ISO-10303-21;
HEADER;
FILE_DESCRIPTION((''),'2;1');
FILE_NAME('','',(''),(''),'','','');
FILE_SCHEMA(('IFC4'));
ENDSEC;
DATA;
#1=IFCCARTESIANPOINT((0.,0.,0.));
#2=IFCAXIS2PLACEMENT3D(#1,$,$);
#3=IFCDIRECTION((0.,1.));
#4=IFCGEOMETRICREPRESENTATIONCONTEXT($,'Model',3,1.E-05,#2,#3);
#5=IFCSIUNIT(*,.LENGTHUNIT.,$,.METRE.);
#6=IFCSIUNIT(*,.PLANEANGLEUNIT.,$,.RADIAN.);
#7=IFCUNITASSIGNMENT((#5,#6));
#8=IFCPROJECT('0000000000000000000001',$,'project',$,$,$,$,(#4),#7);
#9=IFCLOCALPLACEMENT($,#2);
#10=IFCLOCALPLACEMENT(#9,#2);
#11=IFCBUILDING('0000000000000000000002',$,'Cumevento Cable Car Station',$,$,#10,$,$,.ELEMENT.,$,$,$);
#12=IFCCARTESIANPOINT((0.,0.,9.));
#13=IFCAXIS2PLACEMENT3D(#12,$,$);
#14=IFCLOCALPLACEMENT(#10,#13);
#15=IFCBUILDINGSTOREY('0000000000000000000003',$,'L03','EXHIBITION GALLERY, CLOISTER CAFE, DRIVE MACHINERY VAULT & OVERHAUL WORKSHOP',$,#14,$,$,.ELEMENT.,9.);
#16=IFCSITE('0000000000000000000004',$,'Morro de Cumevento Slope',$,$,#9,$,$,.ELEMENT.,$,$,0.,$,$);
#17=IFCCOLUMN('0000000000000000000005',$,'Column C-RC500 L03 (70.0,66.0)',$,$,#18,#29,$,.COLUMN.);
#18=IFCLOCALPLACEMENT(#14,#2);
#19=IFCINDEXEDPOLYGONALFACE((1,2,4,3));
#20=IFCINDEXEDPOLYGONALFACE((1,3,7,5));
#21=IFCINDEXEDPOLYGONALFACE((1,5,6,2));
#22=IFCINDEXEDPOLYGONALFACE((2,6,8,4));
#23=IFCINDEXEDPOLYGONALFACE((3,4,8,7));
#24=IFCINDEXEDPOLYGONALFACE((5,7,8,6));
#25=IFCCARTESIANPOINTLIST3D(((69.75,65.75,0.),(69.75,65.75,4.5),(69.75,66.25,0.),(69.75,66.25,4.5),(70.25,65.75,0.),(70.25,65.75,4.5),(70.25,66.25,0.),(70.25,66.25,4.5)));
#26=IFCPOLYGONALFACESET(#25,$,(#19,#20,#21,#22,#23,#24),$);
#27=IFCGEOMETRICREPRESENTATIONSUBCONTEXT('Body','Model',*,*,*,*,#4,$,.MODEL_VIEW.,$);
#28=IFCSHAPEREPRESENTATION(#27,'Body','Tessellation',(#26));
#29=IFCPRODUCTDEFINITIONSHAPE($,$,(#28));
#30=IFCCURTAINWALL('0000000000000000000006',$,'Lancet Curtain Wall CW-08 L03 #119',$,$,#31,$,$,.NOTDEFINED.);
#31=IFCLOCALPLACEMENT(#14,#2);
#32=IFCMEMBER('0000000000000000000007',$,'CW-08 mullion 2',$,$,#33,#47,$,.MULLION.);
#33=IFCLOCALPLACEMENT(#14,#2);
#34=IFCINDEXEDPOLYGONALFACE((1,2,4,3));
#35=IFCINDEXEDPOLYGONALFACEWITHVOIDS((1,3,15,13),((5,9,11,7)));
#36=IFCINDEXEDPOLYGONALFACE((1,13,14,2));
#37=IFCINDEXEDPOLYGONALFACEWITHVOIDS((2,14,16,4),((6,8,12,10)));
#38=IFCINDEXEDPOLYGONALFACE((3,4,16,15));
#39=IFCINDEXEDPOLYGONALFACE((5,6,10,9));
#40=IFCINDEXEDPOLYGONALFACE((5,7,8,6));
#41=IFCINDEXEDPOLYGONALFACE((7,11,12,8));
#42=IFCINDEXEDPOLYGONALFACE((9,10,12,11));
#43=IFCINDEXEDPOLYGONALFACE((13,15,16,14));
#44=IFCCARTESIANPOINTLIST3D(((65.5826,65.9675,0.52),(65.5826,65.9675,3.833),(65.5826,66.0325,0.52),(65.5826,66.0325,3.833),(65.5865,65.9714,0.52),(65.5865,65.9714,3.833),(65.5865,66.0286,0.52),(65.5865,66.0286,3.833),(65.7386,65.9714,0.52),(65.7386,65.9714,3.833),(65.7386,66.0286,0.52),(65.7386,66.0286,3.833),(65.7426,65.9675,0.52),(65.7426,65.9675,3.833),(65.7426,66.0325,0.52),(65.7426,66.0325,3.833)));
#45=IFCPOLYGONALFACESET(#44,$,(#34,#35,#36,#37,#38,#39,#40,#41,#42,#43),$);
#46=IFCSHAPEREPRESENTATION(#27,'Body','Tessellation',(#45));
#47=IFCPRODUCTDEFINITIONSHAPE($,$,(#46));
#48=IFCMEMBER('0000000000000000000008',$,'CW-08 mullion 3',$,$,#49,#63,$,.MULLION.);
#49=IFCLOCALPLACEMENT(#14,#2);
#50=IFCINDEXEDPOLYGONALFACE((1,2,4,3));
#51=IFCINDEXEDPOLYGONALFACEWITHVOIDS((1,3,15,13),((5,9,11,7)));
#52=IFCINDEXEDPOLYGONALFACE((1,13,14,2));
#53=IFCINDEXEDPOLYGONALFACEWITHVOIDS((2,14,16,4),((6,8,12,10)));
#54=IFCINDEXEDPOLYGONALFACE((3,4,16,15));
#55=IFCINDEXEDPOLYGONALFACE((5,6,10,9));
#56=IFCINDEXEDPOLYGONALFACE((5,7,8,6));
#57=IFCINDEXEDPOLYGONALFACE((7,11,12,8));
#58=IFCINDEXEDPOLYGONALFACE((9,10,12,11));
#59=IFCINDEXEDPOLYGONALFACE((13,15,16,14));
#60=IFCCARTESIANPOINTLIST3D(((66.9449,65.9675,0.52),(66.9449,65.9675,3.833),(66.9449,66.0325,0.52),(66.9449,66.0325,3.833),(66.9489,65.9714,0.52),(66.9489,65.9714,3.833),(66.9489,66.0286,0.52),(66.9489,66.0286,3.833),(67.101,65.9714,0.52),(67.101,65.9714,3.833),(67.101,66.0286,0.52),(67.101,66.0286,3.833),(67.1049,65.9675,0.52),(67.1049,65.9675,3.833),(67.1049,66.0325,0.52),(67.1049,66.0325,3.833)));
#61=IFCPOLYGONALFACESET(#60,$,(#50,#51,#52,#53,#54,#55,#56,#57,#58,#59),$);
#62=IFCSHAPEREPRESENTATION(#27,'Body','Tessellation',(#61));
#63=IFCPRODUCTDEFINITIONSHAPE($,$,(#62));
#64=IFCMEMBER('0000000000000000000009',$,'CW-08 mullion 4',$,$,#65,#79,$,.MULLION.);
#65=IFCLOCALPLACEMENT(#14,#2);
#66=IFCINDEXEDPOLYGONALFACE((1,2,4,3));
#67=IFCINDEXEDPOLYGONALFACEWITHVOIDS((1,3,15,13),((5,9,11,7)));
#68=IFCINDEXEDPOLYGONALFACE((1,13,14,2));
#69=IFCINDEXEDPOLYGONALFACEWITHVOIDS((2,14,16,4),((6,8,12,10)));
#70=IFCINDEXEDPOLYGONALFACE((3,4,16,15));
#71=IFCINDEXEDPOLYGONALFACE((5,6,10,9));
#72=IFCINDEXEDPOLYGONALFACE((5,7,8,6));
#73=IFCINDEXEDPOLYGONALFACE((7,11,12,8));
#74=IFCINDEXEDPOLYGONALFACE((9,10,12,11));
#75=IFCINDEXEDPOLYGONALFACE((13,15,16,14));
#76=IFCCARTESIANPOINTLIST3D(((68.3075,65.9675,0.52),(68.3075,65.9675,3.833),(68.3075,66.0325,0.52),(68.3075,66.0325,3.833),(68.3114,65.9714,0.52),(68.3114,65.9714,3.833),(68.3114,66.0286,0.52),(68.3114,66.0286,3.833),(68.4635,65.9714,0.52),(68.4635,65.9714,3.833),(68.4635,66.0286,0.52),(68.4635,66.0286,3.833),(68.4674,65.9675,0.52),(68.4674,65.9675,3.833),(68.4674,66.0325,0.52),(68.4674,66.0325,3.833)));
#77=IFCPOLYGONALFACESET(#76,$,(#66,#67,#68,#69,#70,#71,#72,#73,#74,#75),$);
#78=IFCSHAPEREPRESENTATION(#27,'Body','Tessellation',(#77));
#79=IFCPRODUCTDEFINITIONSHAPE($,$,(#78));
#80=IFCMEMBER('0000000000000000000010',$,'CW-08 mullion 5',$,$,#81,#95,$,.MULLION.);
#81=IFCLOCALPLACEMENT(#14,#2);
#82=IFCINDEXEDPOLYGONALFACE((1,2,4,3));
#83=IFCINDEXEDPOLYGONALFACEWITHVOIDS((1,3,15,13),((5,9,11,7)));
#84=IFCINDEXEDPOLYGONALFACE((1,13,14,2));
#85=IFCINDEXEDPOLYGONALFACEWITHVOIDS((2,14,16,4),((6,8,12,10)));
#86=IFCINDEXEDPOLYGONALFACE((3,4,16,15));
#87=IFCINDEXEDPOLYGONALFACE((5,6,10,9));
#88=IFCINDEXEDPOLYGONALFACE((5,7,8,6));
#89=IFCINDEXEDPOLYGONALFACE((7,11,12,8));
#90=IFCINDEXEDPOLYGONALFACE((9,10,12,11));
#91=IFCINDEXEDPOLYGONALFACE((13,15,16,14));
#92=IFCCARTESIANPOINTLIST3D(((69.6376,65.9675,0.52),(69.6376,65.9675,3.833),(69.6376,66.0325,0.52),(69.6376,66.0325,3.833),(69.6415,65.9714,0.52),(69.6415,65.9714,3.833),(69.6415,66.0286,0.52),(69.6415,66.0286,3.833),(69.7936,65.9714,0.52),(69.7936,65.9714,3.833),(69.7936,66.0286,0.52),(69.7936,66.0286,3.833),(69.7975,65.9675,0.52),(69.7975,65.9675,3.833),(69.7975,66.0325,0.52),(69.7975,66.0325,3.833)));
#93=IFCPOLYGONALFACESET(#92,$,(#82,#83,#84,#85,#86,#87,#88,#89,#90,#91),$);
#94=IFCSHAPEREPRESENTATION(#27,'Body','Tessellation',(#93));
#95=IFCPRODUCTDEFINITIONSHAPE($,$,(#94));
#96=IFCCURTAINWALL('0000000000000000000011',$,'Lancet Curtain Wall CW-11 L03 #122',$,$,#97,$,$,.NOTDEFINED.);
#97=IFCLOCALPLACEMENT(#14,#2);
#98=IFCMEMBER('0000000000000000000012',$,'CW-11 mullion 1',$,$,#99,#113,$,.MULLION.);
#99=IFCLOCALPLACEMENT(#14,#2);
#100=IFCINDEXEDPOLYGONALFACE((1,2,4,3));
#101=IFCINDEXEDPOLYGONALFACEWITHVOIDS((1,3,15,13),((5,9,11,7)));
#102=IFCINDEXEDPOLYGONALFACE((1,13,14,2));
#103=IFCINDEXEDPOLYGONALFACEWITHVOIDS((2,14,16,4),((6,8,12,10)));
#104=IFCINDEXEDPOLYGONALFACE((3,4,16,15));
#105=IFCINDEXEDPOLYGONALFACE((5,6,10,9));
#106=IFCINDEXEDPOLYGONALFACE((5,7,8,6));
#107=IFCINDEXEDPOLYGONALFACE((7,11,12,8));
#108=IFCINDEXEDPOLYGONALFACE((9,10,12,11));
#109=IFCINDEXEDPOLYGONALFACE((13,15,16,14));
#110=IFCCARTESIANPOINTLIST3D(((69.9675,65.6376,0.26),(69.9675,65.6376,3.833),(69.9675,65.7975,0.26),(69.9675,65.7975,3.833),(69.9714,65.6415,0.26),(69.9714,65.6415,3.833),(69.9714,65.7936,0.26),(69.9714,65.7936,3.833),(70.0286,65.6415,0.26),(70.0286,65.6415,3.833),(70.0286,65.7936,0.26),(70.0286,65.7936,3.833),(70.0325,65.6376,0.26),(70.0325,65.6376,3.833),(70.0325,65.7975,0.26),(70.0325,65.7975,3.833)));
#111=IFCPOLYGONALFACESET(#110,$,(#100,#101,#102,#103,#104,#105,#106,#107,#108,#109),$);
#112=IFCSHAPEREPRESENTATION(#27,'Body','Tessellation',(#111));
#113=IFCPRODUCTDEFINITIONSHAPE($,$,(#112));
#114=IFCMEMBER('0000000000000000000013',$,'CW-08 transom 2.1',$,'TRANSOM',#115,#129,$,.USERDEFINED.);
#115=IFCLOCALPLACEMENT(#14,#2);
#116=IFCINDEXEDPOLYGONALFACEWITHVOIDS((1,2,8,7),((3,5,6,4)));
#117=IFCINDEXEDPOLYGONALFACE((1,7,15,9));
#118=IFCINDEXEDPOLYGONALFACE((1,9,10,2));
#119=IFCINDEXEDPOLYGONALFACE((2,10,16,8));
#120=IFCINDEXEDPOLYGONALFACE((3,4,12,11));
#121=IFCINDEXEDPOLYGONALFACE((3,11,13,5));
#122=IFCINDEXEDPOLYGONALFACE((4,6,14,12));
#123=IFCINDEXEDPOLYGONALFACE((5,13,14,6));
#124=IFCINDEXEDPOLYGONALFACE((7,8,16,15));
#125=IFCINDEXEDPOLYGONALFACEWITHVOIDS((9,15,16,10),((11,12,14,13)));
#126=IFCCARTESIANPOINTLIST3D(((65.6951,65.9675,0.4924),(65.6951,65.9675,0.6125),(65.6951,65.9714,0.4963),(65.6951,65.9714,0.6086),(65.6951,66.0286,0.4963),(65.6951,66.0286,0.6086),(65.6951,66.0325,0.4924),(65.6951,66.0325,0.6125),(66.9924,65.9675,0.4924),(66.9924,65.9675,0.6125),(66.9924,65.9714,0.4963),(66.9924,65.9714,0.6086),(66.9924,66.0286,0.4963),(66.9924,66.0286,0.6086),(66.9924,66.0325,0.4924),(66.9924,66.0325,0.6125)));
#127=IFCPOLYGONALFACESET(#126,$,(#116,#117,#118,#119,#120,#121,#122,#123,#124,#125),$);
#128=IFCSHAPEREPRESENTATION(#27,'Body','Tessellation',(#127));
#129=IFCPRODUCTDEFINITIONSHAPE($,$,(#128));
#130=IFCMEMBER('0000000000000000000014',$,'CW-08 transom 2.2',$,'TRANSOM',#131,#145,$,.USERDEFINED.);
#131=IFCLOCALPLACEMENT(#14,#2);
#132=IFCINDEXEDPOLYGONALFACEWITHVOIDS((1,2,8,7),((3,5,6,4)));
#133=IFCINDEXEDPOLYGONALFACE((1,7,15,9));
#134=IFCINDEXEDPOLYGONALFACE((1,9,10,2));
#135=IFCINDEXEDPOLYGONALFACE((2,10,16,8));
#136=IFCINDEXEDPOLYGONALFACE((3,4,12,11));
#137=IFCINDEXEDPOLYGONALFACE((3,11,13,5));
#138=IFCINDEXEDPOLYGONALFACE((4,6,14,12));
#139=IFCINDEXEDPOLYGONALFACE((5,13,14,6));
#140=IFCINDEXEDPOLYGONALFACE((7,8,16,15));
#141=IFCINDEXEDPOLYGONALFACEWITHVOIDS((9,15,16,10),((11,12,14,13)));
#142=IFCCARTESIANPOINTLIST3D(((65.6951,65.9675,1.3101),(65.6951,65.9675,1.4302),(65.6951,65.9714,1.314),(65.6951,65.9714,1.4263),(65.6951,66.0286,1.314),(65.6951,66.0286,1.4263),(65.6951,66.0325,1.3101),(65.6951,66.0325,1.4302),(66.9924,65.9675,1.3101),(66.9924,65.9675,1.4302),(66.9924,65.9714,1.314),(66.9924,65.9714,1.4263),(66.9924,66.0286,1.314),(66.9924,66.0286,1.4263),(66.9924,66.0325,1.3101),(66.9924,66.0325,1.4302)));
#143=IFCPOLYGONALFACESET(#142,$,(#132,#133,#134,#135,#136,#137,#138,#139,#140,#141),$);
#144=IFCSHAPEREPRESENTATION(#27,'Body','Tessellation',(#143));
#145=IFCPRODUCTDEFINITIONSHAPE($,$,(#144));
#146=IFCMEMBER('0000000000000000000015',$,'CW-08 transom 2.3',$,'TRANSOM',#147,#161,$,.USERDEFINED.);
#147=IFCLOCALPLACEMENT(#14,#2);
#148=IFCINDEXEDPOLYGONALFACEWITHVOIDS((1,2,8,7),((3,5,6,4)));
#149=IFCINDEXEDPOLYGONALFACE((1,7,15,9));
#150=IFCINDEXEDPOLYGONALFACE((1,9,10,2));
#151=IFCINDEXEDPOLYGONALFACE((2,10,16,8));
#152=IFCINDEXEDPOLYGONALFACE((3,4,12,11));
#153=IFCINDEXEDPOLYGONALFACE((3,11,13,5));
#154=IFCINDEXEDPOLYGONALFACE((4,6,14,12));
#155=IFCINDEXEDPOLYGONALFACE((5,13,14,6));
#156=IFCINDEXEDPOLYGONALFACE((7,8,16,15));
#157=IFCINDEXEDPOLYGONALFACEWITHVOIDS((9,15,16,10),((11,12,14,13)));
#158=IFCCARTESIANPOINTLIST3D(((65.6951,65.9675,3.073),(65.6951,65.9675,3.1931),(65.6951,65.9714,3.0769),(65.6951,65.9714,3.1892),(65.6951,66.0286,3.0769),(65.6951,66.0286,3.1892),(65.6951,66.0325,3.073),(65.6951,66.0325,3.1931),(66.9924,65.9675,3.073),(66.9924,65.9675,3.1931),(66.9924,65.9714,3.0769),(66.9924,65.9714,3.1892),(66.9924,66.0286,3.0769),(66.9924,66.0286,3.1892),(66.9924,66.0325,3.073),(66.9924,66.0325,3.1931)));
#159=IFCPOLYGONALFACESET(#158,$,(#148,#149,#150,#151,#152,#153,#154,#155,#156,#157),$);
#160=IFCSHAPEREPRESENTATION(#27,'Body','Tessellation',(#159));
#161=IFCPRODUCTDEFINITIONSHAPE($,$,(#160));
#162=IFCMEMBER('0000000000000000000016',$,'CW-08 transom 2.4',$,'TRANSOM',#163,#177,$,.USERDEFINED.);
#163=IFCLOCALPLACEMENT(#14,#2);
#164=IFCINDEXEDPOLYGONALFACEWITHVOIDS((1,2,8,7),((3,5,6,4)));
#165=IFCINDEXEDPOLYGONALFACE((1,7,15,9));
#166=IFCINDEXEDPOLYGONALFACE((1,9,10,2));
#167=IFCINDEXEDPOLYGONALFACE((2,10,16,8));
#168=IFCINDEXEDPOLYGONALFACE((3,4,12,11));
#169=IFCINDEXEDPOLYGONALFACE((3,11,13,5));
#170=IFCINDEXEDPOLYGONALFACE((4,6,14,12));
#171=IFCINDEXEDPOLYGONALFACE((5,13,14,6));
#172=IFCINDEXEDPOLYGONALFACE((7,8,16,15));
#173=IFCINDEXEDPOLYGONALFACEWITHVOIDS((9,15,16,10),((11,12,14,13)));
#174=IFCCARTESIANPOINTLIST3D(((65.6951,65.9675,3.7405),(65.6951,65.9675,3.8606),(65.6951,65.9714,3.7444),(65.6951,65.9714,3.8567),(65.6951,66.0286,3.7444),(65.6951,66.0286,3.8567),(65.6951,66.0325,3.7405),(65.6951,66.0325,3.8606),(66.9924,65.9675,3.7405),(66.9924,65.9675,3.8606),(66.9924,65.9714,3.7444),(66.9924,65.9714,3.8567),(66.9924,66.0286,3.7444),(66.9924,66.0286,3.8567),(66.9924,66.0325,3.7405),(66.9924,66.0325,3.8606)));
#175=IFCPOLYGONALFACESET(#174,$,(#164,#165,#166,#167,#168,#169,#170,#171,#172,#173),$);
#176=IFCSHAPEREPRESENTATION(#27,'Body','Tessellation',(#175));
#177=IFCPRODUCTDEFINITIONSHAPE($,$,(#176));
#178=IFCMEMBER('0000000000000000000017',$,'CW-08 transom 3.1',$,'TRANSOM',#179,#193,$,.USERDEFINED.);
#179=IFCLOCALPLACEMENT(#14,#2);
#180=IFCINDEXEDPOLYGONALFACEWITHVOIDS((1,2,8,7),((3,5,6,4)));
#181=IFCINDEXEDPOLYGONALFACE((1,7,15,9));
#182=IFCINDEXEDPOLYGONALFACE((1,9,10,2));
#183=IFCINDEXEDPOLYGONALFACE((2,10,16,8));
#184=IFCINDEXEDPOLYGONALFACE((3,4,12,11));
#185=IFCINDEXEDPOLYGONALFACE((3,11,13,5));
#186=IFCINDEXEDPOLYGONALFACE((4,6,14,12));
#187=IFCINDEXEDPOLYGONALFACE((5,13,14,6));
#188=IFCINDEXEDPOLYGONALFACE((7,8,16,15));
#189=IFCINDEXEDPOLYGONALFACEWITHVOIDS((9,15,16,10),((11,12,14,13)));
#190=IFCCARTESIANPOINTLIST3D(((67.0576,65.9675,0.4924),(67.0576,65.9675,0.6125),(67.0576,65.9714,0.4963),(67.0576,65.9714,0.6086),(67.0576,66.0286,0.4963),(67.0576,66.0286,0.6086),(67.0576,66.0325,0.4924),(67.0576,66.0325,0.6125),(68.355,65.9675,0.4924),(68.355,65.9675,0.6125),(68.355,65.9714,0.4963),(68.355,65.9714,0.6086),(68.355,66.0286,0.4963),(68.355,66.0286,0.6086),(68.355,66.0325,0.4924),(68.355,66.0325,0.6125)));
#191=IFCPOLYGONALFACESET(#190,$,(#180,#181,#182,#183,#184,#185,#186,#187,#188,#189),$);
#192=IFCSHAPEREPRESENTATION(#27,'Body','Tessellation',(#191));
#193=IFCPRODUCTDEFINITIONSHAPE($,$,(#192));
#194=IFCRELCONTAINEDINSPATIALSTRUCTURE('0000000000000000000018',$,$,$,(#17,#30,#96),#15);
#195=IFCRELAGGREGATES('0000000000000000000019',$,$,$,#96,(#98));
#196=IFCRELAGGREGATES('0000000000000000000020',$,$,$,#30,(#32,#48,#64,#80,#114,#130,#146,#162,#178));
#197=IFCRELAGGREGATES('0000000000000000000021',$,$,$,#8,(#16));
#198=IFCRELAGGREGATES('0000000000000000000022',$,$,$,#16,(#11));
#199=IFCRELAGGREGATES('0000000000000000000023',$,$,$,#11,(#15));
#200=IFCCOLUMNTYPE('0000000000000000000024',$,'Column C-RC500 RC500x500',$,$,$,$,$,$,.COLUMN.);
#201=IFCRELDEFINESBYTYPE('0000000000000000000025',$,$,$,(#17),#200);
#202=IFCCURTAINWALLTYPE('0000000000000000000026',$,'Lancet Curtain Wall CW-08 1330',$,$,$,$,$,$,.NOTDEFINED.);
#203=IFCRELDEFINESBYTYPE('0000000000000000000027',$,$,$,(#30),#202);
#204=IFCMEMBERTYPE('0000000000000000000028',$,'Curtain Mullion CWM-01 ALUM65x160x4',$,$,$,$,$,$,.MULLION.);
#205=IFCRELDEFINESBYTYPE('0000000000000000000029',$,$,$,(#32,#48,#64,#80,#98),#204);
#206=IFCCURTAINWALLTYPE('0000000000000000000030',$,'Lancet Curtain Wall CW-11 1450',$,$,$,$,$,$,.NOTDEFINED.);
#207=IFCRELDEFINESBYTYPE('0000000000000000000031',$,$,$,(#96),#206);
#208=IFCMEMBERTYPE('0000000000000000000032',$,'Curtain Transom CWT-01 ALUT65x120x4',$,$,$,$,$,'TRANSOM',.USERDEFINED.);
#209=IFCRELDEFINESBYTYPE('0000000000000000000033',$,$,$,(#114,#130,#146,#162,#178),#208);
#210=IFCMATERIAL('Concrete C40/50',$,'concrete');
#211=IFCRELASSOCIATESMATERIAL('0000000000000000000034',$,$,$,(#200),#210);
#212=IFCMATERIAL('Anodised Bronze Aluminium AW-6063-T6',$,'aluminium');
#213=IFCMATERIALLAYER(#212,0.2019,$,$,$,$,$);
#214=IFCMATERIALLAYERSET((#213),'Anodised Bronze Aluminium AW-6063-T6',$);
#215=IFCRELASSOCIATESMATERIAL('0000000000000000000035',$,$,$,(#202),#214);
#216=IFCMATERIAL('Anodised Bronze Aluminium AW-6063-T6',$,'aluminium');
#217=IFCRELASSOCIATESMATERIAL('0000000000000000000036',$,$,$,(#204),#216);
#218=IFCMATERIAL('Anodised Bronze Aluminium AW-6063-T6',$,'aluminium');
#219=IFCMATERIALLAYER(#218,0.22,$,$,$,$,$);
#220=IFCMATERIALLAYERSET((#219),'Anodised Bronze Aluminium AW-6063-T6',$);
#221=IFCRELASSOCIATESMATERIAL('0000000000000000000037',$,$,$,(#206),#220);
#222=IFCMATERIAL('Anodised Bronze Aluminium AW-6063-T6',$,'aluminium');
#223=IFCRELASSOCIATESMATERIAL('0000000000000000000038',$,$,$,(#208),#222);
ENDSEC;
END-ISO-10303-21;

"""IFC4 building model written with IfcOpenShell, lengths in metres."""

from ifc_helpers import new_model, si_unit, direction, frame, origin, origin_2d, place, context, subcontext, project, spatial, rectangle, hollow_rectangle, extrude, material, layer, layer_set, material_profile, profile_set, type_object, element, aggregate, save


model = new_model("IFC4")

# Units and contexts
model_context = context("Model", 3, precision=1e-05, world=origin(), true_north=direction((0.0, 1.0)))
body_context = subcontext(model_context, "Body", "Model", "MODEL_VIEW")
ifc_project = project(units=[si_unit("LENGTHUNIT", "METRE"), si_unit("PLANEANGLEUNIT", "RADIAN")], contexts=[model_context])

# Site, building, storey
site_placement = place(None, origin())
site = spatial("IfcSite", under=ifc_project, at=site_placement, Name="Morro de Cumevento Slope", CompositionType="ELEMENT", RefElevation=0.0)
building_placement = place(site_placement, origin())
building = spatial("IfcBuilding", under=site, at=building_placement, Name="Cumevento Cable Car Station", CompositionType="ELEMENT")
storey_placement = place(building_placement, frame((0.0, 0.0, 9.0)))
storey = spatial("IfcBuildingStorey", under=building, at=storey_placement, Name="L03", Description="EXHIBITION GALLERY, CLOISTER CAFE, DRIVE MACHINERY VAULT & OVERHAUL WORKSHOP", CompositionType="ELEMENT", Elevation=9.0)

# Column
ifc_material_1 = material(Name="Concrete C40/50", Category="concrete")
ifc_material_profile_1 = material_profile(ifc_material_1, rectangle(XDim=0.5, YDim=0.5, at=origin_2d()), Name="RC500x500")
ifc_profile_set_1 = profile_set([ifc_material_profile_1], Name="Concrete C40/50")
column_type = type_object("IfcColumnType", Name="Column C-RC500 RC500x500", PredefinedType="COLUMN", material=ifc_profile_set_1)
column_placement = place(storey_placement, frame((70.0, 66.0, 0.0), z_axis=(0.0, 0.0, 1.0), x_axis=(1.0, 0.0, 0.0)))
element("IfcColumn", 1, at=column_placement, inside=storey, type_object=column_type, Name="Column C-RC500 L03 (70.0,66.0)", PredefinedType="COLUMN", context=body_context, shape_type="SweptSolid", body=[
    extrude(rectangle(XDim=0.5, YDim=0.5, at=origin_2d()), origin(), (0.0, 0.0, 1.0), 4.5),
])

# Curtain wall, members
ifc_material_2 = material(Name="Anodised Bronze Aluminium AW-6063-T6", Category="aluminium")
ifc_layer_1 = layer(ifc_material_2, 0.2019)
ifc_layer_set_1 = layer_set([ifc_layer_1], Name="Anodised Bronze Aluminium AW-6063-T6")
curtain_wall_type_1 = type_object("IfcCurtainWallType", Name="Lancet Curtain Wall CW-08 1330", PredefinedType="NOTDEFINED", material=ifc_layer_set_1)
curtain_wall_1_placement = place(storey_placement, origin())
curtain_wall_1 = element("IfcCurtainWall", 2, at=curtain_wall_1_placement, inside=storey, type_object=curtain_wall_type_1, Name="Lancet Curtain Wall CW-08 L03 #119", PredefinedType="NOTDEFINED")
ifc_material_3 = material(Name="Anodised Bronze Aluminium AW-6063-T6", Category="aluminium")
ifc_material_profile_2 = material_profile(ifc_material_3, hollow_rectangle(XDim=0.0649, YDim=0.1599, WallThickness=0.0039, at=origin_2d()), Name="ALUM65x160x4")
ifc_profile_set_2 = profile_set([ifc_material_profile_2], Name="Anodised Bronze Aluminium AW-6063-T6")
member_type_1 = type_object("IfcMemberType", Name="Curtain Mullion CWM-01 ALUM65x160x4", PredefinedType="MULLION", material=ifc_profile_set_2)
member_1_placement = place(storey_placement, frame((65.6626, 66.0, 0.52), z_axis=(0.0, 0.0, 1.0), x_axis=(0.0, 1.0, 0.0)))
member_1 = element("IfcMember", 3, at=member_1_placement, type_object=member_type_1, Name="CW-08 mullion 2", PredefinedType="MULLION", context=body_context, shape_type="SweptSolid", body=[
    extrude(hollow_rectangle(XDim=0.0649, YDim=0.1599, WallThickness=0.0039, at=origin_2d()), origin(), (0.0, 0.0, 1.0), 3.313),
])
member_2_placement = place(storey_placement, frame((67.0249, 66.0, 0.52), z_axis=(0.0, 0.0, 1.0), x_axis=(0.0, 1.0, 0.0)))
member_2 = element("IfcMember", 4, at=member_2_placement, type_object=member_type_1, Name="CW-08 mullion 3", PredefinedType="MULLION", context=body_context, shape_type="SweptSolid", body=[
    extrude(hollow_rectangle(XDim=0.0649, YDim=0.1599, WallThickness=0.0039, at=origin_2d()), origin(), (0.0, 0.0, 1.0), 3.313),
])
member_3_placement = place(storey_placement, frame((68.3875, 66.0, 0.52), z_axis=(0.0, 0.0, 1.0), x_axis=(0.0, 1.0, 0.0)))
member_3 = element("IfcMember", 5, at=member_3_placement, type_object=member_type_1, Name="CW-08 mullion 4", PredefinedType="MULLION", context=body_context, shape_type="SweptSolid", body=[
    extrude(hollow_rectangle(XDim=0.0649, YDim=0.1599, WallThickness=0.0039, at=origin_2d()), origin(), (0.0, 0.0, 1.0), 3.313),
])
member_4_placement = place(storey_placement, frame((69.7175, 66.0, 0.52), z_axis=(0.0, 0.0, 1.0), x_axis=(0.0, 1.0, 0.0)))
member_4 = element("IfcMember", 6, at=member_4_placement, type_object=member_type_1, Name="CW-08 mullion 5", PredefinedType="MULLION", context=body_context, shape_type="SweptSolid", body=[
    extrude(hollow_rectangle(XDim=0.0649, YDim=0.1599, WallThickness=0.0039, at=origin_2d()), origin(), (0.0, 0.0, 1.0), 3.313),
])

# Curtain wall, member
ifc_material_4 = material(Name="Anodised Bronze Aluminium AW-6063-T6", Category="aluminium")
ifc_layer_2 = layer(ifc_material_4, 0.22)
ifc_layer_set_2 = layer_set([ifc_layer_2], Name="Anodised Bronze Aluminium AW-6063-T6")
curtain_wall_type_2 = type_object("IfcCurtainWallType", Name="Lancet Curtain Wall CW-11 1450", PredefinedType="NOTDEFINED", material=ifc_layer_set_2)
curtain_wall_2_placement = place(storey_placement, origin())
curtain_wall_2 = element("IfcCurtainWall", 7, at=curtain_wall_2_placement, inside=storey, type_object=curtain_wall_type_2, Name="Lancet Curtain Wall CW-11 L03 #122", PredefinedType="NOTDEFINED")
member_5_placement = place(storey_placement, frame((70.0, 65.7175, 0.26), z_axis=(0.0, 0.0, 1.0), x_axis=(1.0, 0.0, 0.0)))
member_5 = element("IfcMember", 8, at=member_5_placement, type_object=member_type_1, Name="CW-11 mullion 1", PredefinedType="MULLION", context=body_context, shape_type="SweptSolid", body=[
    extrude(hollow_rectangle(XDim=0.0649, YDim=0.1599, WallThickness=0.0039, at=origin_2d()), origin(), (0.0, 0.0, 1.0), 3.573),
])

# Members
ifc_material_5 = material(Name="Anodised Bronze Aluminium AW-6063-T6", Category="aluminium")
ifc_material_profile_3 = material_profile(ifc_material_5, hollow_rectangle(XDim=0.0649, YDim=0.1201, WallThickness=0.0039, at=origin_2d()), Name="ALUT65x120x4")
ifc_profile_set_3 = profile_set([ifc_material_profile_3], Name="Anodised Bronze Aluminium AW-6063-T6")
member_type_2 = type_object("IfcMemberType", Name="Curtain Transom CWT-01 ALUT65x120x4", ElementType="TRANSOM", PredefinedType="USERDEFINED", material=ifc_profile_set_3)
member_6_placement = place(storey_placement, frame((65.6951, 66.0, 0.5525), z_axis=(1.0, 0.0, 0.0), x_axis=(0.0, 1.0, 0.0)))
member_6 = element("IfcMember", 9, at=member_6_placement, type_object=member_type_2, Name="CW-08 transom 2.1", ObjectType="TRANSOM", PredefinedType="USERDEFINED", context=body_context, shape_type="SweptSolid", body=[
    extrude(hollow_rectangle(XDim=0.0649, YDim=0.1201, WallThickness=0.0039, at=origin_2d()), origin(), (0.0, 0.0, 1.0), 1.2974),
])
member_7_placement = place(storey_placement, frame((65.6951, 66.0, 1.3701), z_axis=(1.0, 0.0, 0.0), x_axis=(0.0, 1.0, 0.0)))
member_7 = element("IfcMember", 10, at=member_7_placement, type_object=member_type_2, Name="CW-08 transom 2.2", ObjectType="TRANSOM", PredefinedType="USERDEFINED", context=body_context, shape_type="SweptSolid", body=[
    extrude(hollow_rectangle(XDim=0.0649, YDim=0.1201, WallThickness=0.0039, at=origin_2d()), origin(), (0.0, 0.0, 1.0), 1.2974),
])
member_8_placement = place(storey_placement, frame((65.6951, 66.0, 3.1331), z_axis=(1.0, 0.0, 0.0), x_axis=(0.0, 1.0, 0.0)))
member_8 = element("IfcMember", 11, at=member_8_placement, type_object=member_type_2, Name="CW-08 transom 2.3", ObjectType="TRANSOM", PredefinedType="USERDEFINED", context=body_context, shape_type="SweptSolid", body=[
    extrude(hollow_rectangle(XDim=0.0649, YDim=0.1201, WallThickness=0.0039, at=origin_2d()), origin(), (0.0, 0.0, 1.0), 1.2974),
])
member_9_placement = place(storey_placement, frame((65.6951, 66.0, 3.8005), z_axis=(1.0, 0.0, 0.0), x_axis=(0.0, 1.0, 0.0)))
member_9 = element("IfcMember", 12, at=member_9_placement, type_object=member_type_2, Name="CW-08 transom 2.4", ObjectType="TRANSOM", PredefinedType="USERDEFINED", context=body_context, shape_type="SweptSolid", body=[
    extrude(hollow_rectangle(XDim=0.0649, YDim=0.1201, WallThickness=0.0039, at=origin_2d()), origin(), (0.0, 0.0, 1.0), 1.2974),
])
member_10_placement = place(storey_placement, frame((67.0576, 66.0, 0.5525), z_axis=(1.0, 0.0, 0.0), x_axis=(0.0, 1.0, 0.0)))
member_10 = element("IfcMember", 13, at=member_10_placement, type_object=member_type_2, Name="CW-08 transom 3.1", ObjectType="TRANSOM", PredefinedType="USERDEFINED", context=body_context, shape_type="SweptSolid", body=[
    extrude(hollow_rectangle(XDim=0.0649, YDim=0.1201, WallThickness=0.0039, at=origin_2d()), origin(), (0.0, 0.0, 1.0), 1.2974),
])
aggregate(curtain_wall_2, [member_5])

aggregate(curtain_wall_1, [member_1, member_2, member_3, member_4, member_6, member_7, member_8, member_9, member_10])

save(model, "model.ifc")
